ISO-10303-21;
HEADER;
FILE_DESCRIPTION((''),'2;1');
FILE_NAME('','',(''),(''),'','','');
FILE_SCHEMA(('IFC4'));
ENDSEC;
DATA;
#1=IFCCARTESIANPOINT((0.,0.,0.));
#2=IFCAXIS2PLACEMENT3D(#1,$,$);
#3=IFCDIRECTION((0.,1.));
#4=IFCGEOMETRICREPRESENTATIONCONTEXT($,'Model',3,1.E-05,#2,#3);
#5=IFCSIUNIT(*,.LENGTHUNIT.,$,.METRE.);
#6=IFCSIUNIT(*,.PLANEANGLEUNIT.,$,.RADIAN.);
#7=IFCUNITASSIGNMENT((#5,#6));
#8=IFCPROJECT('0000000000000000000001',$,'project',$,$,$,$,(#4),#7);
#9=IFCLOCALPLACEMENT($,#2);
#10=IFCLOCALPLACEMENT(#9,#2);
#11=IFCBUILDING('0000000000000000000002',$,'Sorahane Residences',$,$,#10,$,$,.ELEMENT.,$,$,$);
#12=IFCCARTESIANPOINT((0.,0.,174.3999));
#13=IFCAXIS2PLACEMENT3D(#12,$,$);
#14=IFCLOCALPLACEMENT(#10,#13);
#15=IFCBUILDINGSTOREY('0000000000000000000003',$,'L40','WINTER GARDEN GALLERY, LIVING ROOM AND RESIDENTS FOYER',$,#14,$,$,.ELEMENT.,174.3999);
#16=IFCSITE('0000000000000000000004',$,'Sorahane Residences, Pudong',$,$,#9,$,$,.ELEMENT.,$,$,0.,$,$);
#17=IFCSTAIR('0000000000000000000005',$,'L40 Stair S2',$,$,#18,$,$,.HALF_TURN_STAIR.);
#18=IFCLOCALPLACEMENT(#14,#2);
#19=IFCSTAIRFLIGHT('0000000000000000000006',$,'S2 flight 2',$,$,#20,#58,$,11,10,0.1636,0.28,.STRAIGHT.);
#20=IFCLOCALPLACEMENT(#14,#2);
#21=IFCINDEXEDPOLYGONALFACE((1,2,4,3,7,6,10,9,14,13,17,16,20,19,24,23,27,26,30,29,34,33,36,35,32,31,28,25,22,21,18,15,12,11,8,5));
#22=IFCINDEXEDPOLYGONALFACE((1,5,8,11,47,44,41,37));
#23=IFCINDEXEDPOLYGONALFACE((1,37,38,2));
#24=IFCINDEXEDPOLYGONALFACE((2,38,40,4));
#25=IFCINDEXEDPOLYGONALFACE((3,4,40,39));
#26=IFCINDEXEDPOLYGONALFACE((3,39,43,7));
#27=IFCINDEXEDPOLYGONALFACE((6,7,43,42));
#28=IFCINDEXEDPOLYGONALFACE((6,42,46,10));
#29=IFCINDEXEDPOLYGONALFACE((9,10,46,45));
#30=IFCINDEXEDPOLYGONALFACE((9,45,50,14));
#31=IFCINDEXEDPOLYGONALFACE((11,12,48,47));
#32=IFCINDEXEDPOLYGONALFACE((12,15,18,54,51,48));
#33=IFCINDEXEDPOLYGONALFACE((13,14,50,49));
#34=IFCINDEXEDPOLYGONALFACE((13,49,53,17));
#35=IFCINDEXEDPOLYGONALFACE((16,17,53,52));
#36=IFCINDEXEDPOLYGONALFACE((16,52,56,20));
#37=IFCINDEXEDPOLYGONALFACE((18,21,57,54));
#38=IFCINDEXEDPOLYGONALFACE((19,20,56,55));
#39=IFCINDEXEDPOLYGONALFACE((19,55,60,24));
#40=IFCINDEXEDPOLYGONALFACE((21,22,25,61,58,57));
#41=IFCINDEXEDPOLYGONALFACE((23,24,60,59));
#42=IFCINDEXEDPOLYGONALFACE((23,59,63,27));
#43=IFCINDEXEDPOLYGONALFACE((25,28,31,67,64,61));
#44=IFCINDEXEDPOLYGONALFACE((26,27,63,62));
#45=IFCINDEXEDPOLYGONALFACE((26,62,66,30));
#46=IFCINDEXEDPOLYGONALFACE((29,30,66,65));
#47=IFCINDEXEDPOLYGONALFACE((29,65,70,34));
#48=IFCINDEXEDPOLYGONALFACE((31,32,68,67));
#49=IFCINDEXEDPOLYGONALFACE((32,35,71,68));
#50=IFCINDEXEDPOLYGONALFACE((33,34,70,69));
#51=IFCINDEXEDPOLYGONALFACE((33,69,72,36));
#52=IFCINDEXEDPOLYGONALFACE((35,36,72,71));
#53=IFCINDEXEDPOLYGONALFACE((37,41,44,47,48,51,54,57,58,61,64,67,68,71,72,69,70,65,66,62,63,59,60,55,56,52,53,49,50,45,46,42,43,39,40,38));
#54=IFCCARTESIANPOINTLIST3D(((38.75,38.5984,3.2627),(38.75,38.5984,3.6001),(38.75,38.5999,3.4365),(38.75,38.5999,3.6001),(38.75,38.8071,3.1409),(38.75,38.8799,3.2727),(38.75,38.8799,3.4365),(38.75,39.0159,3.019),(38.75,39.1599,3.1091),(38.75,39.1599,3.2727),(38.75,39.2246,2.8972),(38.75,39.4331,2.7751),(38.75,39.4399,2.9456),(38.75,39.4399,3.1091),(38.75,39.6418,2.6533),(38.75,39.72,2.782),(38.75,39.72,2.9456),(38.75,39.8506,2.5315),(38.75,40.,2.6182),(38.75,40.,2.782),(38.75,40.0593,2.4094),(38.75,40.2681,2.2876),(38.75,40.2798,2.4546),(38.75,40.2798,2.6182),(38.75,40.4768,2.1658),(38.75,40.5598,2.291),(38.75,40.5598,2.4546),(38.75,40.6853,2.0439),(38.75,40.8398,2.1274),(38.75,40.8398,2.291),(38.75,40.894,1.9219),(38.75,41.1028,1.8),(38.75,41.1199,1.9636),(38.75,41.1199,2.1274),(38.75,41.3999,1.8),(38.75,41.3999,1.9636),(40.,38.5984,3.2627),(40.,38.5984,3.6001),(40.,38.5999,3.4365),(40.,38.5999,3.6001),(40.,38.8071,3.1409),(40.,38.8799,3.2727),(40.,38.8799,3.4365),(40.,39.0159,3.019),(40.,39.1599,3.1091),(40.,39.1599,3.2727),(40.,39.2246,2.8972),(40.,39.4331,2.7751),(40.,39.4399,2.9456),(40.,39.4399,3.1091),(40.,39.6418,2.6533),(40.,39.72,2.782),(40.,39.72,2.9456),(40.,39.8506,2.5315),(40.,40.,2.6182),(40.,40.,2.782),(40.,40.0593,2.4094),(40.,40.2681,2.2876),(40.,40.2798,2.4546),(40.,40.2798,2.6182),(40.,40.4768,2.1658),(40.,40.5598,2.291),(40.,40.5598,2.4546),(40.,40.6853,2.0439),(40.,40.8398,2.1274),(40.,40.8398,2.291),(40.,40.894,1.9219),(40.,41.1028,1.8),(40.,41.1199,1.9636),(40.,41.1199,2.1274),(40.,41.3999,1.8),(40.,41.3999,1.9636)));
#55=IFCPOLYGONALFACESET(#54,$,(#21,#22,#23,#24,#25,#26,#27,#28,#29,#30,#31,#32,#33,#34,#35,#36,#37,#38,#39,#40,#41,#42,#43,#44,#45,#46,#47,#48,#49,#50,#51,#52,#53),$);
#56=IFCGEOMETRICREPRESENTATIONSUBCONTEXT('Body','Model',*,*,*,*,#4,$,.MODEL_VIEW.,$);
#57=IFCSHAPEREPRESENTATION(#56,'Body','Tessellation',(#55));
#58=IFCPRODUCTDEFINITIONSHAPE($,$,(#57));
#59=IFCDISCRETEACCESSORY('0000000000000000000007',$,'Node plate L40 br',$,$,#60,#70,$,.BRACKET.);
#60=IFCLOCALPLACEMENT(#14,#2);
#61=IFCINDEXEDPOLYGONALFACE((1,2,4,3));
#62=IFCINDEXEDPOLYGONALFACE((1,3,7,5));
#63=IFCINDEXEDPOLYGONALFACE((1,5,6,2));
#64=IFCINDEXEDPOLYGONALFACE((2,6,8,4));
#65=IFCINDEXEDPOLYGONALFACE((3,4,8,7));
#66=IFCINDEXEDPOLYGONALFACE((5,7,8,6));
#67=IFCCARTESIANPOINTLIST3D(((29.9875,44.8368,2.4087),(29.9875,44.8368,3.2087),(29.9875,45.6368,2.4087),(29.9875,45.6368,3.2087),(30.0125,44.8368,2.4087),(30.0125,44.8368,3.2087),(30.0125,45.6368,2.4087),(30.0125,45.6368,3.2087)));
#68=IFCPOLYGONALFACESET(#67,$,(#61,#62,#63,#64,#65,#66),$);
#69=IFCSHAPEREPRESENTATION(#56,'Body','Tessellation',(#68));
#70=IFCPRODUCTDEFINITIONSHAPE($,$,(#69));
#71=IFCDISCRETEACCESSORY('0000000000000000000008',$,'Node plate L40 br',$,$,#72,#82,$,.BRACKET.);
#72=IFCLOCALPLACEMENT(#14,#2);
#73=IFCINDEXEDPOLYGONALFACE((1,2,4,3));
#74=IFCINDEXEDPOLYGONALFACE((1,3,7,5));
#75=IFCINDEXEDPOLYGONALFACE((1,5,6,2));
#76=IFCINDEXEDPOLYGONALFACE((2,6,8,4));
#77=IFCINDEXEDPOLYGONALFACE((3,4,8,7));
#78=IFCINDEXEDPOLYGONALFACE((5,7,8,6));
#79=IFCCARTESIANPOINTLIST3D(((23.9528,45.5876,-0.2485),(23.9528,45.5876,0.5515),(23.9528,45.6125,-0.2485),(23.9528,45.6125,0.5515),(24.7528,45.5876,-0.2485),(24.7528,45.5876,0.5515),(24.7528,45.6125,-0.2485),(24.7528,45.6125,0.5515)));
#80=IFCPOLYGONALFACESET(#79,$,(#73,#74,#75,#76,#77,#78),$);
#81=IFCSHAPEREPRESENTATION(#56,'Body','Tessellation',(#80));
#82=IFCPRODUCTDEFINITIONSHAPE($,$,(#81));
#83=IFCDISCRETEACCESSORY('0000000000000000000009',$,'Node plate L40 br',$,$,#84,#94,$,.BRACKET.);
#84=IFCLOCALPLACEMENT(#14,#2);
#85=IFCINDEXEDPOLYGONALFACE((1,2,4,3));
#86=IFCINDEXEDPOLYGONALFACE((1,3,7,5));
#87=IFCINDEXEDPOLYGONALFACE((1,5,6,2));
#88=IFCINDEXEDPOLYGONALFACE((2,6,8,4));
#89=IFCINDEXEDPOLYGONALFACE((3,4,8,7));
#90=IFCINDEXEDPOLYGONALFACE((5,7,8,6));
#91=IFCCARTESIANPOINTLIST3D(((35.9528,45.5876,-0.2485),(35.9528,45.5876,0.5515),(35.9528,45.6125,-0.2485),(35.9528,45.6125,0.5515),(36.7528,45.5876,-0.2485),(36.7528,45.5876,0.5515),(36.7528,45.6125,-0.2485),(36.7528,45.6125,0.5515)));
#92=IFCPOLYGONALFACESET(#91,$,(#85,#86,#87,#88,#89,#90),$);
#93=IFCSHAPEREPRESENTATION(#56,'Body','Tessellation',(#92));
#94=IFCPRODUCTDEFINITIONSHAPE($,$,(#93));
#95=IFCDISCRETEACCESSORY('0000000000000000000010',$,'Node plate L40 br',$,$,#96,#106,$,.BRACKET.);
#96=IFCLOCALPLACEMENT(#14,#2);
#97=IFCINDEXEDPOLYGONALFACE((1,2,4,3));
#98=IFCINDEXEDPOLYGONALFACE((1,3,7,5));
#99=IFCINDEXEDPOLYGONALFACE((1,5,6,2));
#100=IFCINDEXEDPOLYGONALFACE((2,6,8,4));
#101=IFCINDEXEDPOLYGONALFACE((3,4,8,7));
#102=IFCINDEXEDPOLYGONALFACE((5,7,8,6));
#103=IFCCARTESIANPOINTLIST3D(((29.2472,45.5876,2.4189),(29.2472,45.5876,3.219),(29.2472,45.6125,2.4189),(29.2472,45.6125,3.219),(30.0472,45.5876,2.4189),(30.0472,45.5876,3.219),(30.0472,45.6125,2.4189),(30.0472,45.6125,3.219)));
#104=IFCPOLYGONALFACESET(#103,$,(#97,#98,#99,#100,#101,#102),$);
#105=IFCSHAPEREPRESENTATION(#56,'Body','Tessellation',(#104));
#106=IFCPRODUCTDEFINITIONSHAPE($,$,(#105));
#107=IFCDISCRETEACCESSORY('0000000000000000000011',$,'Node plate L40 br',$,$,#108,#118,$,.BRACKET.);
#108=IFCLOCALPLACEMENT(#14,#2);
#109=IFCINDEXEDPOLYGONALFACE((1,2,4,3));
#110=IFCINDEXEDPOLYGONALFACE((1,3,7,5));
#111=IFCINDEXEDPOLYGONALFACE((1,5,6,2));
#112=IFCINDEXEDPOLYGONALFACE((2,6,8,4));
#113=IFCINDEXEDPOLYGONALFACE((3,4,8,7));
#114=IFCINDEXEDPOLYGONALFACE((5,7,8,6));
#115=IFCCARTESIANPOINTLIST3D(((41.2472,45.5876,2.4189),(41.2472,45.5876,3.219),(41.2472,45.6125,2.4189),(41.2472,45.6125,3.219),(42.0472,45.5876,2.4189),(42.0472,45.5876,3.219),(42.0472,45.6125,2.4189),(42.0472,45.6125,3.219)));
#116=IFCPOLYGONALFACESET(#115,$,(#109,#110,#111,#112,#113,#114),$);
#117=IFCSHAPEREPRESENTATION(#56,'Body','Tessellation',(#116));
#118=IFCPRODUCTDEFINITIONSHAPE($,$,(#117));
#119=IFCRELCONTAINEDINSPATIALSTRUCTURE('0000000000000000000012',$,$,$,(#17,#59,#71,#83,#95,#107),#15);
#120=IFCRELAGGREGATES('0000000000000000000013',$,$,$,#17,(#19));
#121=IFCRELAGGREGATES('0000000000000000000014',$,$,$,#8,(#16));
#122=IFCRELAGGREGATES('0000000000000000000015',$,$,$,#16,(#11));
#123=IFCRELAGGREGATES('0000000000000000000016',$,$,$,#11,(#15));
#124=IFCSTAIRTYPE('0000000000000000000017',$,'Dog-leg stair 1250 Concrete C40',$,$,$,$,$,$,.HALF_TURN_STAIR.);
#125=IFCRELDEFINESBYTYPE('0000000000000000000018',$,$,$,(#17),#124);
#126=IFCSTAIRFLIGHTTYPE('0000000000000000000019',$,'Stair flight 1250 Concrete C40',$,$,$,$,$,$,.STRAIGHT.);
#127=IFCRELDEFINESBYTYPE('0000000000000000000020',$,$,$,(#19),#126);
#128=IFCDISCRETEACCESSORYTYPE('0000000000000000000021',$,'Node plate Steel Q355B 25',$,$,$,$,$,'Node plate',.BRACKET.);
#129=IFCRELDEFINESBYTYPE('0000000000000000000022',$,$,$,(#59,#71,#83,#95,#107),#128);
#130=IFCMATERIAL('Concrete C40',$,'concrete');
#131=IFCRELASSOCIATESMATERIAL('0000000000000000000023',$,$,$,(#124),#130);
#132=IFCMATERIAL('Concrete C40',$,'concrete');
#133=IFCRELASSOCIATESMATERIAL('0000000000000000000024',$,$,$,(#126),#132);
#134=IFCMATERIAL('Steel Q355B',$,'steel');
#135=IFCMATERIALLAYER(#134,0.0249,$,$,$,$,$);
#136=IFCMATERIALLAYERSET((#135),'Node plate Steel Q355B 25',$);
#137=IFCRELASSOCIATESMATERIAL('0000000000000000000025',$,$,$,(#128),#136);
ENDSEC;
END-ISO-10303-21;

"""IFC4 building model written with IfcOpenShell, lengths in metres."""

from ifc_helpers import new_model, si_unit, direction, frame, origin, origin_2d, place, context, subcontext, project, spatial, polyline, rectangle, outline, extrude, material, layer, layer_set, type_object, element, aggregate, save


model = new_model("IFC4")

# Units and contexts
model_context = context("Model", 3, precision=1e-05, world=origin(), true_north=direction((0.0, 1.0)))
body_context = subcontext(model_context, "Body", "Model", "MODEL_VIEW")
ifc_project = project(units=[si_unit("LENGTHUNIT", "METRE"), si_unit("PLANEANGLEUNIT", "RADIAN")], contexts=[model_context])

# Site, building, storey
site_placement = place(None, origin())
site = spatial("IfcSite", under=ifc_project, at=site_placement, Name="Sorahane Residences, Pudong", CompositionType="ELEMENT", RefElevation=0.0)
building_placement = place(site_placement, origin())
building = spatial("IfcBuilding", under=site, at=building_placement, Name="Sorahane Residences", CompositionType="ELEMENT")
storey_placement = place(building_placement, frame((0.0, 0.0, 174.3999)))
storey = spatial("IfcBuildingStorey", under=building, at=storey_placement, Name="L40", Description="WINTER GARDEN GALLERY, LIVING ROOM AND RESIDENTS FOYER", CompositionType="ELEMENT", Elevation=174.3999)

# Stair, stair flight
ifc_material_1 = material(Name="Concrete C40", Category="concrete")
stair_type = type_object("IfcStairType", Name="Dog-leg stair 1250 Concrete C40", PredefinedType="HALF_TURN_STAIR", material=ifc_material_1)
stair_placement = place(storey_placement, origin())
stair = element("IfcStair", 1, at=stair_placement, inside=storey, type_object=stair_type, Name="L40 Stair S2", PredefinedType="HALF_TURN_STAIR")
ifc_material_2 = material(Name="Concrete C40", Category="concrete")
stair_flight_type = type_object("IfcStairFlightType", Name="Stair flight 1250 Concrete C40", PredefinedType="STRAIGHT", material=ifc_material_2)
stair_flight_placement = place(storey_placement, frame((39.375, 41.3999, 1.8), z_axis=(0.0, 0.0, 1.0), x_axis=(0.0, -1.0, 0.0)))
stair_flight = element("IfcStairFlight", 2, at=stair_flight_placement, type_object=stair_flight_type, Name="S2 flight 2", NumberOfRisers=11, NumberOfTreads=10, PredefinedType="STRAIGHT", RiserHeight=0.1636, TreadLength=0.28, context=body_context, shape_type="SweptSolid", body=[
    extrude(outline(polyline([(0.0, 0.0), (0.0, 0.1636), (0.28, 0.1636), (0.28, 0.3274), (0.5601, 0.3274), (0.5601, 0.491), (0.8401, 0.491), (0.8401, 0.6545), (1.1201, 0.6545), (1.1201, 0.8181), (1.3999, 0.8181), (1.3999, 0.9819), (1.6799, 0.9819), (1.6799, 1.1455), (1.96, 1.1455), (1.96, 1.3091), (2.24, 1.3091), (2.24, 1.4727), (2.52, 1.4727), (2.52, 1.6365), (2.8, 1.6365), (2.8, 1.8), (2.8015, 1.8), (2.8015, 1.4626), (2.5928, 1.3408), (2.384, 1.219), (2.1753, 1.0972), (1.9668, 0.9751), (1.7581, 0.8533), (1.5493, 0.7314), (1.3406, 0.6094), (1.1318, 0.4875), (0.9231, 0.3657), (0.7146, 0.2439), (0.5059, 0.1218), (0.2971, 0.0), (0.0, 0.0)])), frame((0.0, 0.625, 0.0), z_axis=(0.0, -1.0, 0.0), x_axis=(1.0, 0.0, 0.0)), (0.0, 0.0, 1.0), 1.25),
])
aggregate(stair, [stair_flight])

# Discrete accessories
ifc_material_3 = material(Name="Steel Q355B", Category="steel")
ifc_layer_1 = layer(ifc_material_3, 0.0249)
ifc_layer_set_1 = layer_set([ifc_layer_1], Name="Node plate Steel Q355B 25")
discrete_accessory_type = type_object("IfcDiscreteAccessoryType", Name="Node plate Steel Q355B 25", ElementType="Node plate", PredefinedType="BRACKET", material=ifc_layer_set_1)
for number, where, z_axis, x_axis, name in (
    (3, (30.0, 45.2368, 2.4087), (0.0, 0.0, 1.0), (0.0, 1.0, 0.0), "Node plate L40 br"),
    (4, (24.3528, 45.6001, -0.2485), (0.0, 0.0, 1.0), (1.0, 0.0, 0.0), "Node plate L40 br"),
    (5, (36.3528, 45.6001, -0.2485), (0.0, 0.0, 1.0), (1.0, 0.0, 0.0), "Node plate L40 br"),
    (6, (29.6472, 45.6001, 2.4189), (0.0, 0.0, 1.0), (1.0, 0.0, 0.0), "Node plate L40 br"),
    (7, (41.6472, 45.6001, 2.4189), (0.0, 0.0, 1.0), (1.0, 0.0, 0.0), "Node plate L40 br"),
):
    element("IfcDiscreteAccessory", number, at=place(storey_placement, frame(where, z_axis=z_axis, x_axis=x_axis)), inside=storey, type_object=discrete_accessory_type, Name=name, PredefinedType="BRACKET", context=body_context, shape_type="SweptSolid", body=[
        extrude(rectangle(XDim=0.8, YDim=0.0249, at=origin_2d()), origin(), (0.0, 0.0, 1.0), 0.8),
    ])

save(model, "model.ifc")
